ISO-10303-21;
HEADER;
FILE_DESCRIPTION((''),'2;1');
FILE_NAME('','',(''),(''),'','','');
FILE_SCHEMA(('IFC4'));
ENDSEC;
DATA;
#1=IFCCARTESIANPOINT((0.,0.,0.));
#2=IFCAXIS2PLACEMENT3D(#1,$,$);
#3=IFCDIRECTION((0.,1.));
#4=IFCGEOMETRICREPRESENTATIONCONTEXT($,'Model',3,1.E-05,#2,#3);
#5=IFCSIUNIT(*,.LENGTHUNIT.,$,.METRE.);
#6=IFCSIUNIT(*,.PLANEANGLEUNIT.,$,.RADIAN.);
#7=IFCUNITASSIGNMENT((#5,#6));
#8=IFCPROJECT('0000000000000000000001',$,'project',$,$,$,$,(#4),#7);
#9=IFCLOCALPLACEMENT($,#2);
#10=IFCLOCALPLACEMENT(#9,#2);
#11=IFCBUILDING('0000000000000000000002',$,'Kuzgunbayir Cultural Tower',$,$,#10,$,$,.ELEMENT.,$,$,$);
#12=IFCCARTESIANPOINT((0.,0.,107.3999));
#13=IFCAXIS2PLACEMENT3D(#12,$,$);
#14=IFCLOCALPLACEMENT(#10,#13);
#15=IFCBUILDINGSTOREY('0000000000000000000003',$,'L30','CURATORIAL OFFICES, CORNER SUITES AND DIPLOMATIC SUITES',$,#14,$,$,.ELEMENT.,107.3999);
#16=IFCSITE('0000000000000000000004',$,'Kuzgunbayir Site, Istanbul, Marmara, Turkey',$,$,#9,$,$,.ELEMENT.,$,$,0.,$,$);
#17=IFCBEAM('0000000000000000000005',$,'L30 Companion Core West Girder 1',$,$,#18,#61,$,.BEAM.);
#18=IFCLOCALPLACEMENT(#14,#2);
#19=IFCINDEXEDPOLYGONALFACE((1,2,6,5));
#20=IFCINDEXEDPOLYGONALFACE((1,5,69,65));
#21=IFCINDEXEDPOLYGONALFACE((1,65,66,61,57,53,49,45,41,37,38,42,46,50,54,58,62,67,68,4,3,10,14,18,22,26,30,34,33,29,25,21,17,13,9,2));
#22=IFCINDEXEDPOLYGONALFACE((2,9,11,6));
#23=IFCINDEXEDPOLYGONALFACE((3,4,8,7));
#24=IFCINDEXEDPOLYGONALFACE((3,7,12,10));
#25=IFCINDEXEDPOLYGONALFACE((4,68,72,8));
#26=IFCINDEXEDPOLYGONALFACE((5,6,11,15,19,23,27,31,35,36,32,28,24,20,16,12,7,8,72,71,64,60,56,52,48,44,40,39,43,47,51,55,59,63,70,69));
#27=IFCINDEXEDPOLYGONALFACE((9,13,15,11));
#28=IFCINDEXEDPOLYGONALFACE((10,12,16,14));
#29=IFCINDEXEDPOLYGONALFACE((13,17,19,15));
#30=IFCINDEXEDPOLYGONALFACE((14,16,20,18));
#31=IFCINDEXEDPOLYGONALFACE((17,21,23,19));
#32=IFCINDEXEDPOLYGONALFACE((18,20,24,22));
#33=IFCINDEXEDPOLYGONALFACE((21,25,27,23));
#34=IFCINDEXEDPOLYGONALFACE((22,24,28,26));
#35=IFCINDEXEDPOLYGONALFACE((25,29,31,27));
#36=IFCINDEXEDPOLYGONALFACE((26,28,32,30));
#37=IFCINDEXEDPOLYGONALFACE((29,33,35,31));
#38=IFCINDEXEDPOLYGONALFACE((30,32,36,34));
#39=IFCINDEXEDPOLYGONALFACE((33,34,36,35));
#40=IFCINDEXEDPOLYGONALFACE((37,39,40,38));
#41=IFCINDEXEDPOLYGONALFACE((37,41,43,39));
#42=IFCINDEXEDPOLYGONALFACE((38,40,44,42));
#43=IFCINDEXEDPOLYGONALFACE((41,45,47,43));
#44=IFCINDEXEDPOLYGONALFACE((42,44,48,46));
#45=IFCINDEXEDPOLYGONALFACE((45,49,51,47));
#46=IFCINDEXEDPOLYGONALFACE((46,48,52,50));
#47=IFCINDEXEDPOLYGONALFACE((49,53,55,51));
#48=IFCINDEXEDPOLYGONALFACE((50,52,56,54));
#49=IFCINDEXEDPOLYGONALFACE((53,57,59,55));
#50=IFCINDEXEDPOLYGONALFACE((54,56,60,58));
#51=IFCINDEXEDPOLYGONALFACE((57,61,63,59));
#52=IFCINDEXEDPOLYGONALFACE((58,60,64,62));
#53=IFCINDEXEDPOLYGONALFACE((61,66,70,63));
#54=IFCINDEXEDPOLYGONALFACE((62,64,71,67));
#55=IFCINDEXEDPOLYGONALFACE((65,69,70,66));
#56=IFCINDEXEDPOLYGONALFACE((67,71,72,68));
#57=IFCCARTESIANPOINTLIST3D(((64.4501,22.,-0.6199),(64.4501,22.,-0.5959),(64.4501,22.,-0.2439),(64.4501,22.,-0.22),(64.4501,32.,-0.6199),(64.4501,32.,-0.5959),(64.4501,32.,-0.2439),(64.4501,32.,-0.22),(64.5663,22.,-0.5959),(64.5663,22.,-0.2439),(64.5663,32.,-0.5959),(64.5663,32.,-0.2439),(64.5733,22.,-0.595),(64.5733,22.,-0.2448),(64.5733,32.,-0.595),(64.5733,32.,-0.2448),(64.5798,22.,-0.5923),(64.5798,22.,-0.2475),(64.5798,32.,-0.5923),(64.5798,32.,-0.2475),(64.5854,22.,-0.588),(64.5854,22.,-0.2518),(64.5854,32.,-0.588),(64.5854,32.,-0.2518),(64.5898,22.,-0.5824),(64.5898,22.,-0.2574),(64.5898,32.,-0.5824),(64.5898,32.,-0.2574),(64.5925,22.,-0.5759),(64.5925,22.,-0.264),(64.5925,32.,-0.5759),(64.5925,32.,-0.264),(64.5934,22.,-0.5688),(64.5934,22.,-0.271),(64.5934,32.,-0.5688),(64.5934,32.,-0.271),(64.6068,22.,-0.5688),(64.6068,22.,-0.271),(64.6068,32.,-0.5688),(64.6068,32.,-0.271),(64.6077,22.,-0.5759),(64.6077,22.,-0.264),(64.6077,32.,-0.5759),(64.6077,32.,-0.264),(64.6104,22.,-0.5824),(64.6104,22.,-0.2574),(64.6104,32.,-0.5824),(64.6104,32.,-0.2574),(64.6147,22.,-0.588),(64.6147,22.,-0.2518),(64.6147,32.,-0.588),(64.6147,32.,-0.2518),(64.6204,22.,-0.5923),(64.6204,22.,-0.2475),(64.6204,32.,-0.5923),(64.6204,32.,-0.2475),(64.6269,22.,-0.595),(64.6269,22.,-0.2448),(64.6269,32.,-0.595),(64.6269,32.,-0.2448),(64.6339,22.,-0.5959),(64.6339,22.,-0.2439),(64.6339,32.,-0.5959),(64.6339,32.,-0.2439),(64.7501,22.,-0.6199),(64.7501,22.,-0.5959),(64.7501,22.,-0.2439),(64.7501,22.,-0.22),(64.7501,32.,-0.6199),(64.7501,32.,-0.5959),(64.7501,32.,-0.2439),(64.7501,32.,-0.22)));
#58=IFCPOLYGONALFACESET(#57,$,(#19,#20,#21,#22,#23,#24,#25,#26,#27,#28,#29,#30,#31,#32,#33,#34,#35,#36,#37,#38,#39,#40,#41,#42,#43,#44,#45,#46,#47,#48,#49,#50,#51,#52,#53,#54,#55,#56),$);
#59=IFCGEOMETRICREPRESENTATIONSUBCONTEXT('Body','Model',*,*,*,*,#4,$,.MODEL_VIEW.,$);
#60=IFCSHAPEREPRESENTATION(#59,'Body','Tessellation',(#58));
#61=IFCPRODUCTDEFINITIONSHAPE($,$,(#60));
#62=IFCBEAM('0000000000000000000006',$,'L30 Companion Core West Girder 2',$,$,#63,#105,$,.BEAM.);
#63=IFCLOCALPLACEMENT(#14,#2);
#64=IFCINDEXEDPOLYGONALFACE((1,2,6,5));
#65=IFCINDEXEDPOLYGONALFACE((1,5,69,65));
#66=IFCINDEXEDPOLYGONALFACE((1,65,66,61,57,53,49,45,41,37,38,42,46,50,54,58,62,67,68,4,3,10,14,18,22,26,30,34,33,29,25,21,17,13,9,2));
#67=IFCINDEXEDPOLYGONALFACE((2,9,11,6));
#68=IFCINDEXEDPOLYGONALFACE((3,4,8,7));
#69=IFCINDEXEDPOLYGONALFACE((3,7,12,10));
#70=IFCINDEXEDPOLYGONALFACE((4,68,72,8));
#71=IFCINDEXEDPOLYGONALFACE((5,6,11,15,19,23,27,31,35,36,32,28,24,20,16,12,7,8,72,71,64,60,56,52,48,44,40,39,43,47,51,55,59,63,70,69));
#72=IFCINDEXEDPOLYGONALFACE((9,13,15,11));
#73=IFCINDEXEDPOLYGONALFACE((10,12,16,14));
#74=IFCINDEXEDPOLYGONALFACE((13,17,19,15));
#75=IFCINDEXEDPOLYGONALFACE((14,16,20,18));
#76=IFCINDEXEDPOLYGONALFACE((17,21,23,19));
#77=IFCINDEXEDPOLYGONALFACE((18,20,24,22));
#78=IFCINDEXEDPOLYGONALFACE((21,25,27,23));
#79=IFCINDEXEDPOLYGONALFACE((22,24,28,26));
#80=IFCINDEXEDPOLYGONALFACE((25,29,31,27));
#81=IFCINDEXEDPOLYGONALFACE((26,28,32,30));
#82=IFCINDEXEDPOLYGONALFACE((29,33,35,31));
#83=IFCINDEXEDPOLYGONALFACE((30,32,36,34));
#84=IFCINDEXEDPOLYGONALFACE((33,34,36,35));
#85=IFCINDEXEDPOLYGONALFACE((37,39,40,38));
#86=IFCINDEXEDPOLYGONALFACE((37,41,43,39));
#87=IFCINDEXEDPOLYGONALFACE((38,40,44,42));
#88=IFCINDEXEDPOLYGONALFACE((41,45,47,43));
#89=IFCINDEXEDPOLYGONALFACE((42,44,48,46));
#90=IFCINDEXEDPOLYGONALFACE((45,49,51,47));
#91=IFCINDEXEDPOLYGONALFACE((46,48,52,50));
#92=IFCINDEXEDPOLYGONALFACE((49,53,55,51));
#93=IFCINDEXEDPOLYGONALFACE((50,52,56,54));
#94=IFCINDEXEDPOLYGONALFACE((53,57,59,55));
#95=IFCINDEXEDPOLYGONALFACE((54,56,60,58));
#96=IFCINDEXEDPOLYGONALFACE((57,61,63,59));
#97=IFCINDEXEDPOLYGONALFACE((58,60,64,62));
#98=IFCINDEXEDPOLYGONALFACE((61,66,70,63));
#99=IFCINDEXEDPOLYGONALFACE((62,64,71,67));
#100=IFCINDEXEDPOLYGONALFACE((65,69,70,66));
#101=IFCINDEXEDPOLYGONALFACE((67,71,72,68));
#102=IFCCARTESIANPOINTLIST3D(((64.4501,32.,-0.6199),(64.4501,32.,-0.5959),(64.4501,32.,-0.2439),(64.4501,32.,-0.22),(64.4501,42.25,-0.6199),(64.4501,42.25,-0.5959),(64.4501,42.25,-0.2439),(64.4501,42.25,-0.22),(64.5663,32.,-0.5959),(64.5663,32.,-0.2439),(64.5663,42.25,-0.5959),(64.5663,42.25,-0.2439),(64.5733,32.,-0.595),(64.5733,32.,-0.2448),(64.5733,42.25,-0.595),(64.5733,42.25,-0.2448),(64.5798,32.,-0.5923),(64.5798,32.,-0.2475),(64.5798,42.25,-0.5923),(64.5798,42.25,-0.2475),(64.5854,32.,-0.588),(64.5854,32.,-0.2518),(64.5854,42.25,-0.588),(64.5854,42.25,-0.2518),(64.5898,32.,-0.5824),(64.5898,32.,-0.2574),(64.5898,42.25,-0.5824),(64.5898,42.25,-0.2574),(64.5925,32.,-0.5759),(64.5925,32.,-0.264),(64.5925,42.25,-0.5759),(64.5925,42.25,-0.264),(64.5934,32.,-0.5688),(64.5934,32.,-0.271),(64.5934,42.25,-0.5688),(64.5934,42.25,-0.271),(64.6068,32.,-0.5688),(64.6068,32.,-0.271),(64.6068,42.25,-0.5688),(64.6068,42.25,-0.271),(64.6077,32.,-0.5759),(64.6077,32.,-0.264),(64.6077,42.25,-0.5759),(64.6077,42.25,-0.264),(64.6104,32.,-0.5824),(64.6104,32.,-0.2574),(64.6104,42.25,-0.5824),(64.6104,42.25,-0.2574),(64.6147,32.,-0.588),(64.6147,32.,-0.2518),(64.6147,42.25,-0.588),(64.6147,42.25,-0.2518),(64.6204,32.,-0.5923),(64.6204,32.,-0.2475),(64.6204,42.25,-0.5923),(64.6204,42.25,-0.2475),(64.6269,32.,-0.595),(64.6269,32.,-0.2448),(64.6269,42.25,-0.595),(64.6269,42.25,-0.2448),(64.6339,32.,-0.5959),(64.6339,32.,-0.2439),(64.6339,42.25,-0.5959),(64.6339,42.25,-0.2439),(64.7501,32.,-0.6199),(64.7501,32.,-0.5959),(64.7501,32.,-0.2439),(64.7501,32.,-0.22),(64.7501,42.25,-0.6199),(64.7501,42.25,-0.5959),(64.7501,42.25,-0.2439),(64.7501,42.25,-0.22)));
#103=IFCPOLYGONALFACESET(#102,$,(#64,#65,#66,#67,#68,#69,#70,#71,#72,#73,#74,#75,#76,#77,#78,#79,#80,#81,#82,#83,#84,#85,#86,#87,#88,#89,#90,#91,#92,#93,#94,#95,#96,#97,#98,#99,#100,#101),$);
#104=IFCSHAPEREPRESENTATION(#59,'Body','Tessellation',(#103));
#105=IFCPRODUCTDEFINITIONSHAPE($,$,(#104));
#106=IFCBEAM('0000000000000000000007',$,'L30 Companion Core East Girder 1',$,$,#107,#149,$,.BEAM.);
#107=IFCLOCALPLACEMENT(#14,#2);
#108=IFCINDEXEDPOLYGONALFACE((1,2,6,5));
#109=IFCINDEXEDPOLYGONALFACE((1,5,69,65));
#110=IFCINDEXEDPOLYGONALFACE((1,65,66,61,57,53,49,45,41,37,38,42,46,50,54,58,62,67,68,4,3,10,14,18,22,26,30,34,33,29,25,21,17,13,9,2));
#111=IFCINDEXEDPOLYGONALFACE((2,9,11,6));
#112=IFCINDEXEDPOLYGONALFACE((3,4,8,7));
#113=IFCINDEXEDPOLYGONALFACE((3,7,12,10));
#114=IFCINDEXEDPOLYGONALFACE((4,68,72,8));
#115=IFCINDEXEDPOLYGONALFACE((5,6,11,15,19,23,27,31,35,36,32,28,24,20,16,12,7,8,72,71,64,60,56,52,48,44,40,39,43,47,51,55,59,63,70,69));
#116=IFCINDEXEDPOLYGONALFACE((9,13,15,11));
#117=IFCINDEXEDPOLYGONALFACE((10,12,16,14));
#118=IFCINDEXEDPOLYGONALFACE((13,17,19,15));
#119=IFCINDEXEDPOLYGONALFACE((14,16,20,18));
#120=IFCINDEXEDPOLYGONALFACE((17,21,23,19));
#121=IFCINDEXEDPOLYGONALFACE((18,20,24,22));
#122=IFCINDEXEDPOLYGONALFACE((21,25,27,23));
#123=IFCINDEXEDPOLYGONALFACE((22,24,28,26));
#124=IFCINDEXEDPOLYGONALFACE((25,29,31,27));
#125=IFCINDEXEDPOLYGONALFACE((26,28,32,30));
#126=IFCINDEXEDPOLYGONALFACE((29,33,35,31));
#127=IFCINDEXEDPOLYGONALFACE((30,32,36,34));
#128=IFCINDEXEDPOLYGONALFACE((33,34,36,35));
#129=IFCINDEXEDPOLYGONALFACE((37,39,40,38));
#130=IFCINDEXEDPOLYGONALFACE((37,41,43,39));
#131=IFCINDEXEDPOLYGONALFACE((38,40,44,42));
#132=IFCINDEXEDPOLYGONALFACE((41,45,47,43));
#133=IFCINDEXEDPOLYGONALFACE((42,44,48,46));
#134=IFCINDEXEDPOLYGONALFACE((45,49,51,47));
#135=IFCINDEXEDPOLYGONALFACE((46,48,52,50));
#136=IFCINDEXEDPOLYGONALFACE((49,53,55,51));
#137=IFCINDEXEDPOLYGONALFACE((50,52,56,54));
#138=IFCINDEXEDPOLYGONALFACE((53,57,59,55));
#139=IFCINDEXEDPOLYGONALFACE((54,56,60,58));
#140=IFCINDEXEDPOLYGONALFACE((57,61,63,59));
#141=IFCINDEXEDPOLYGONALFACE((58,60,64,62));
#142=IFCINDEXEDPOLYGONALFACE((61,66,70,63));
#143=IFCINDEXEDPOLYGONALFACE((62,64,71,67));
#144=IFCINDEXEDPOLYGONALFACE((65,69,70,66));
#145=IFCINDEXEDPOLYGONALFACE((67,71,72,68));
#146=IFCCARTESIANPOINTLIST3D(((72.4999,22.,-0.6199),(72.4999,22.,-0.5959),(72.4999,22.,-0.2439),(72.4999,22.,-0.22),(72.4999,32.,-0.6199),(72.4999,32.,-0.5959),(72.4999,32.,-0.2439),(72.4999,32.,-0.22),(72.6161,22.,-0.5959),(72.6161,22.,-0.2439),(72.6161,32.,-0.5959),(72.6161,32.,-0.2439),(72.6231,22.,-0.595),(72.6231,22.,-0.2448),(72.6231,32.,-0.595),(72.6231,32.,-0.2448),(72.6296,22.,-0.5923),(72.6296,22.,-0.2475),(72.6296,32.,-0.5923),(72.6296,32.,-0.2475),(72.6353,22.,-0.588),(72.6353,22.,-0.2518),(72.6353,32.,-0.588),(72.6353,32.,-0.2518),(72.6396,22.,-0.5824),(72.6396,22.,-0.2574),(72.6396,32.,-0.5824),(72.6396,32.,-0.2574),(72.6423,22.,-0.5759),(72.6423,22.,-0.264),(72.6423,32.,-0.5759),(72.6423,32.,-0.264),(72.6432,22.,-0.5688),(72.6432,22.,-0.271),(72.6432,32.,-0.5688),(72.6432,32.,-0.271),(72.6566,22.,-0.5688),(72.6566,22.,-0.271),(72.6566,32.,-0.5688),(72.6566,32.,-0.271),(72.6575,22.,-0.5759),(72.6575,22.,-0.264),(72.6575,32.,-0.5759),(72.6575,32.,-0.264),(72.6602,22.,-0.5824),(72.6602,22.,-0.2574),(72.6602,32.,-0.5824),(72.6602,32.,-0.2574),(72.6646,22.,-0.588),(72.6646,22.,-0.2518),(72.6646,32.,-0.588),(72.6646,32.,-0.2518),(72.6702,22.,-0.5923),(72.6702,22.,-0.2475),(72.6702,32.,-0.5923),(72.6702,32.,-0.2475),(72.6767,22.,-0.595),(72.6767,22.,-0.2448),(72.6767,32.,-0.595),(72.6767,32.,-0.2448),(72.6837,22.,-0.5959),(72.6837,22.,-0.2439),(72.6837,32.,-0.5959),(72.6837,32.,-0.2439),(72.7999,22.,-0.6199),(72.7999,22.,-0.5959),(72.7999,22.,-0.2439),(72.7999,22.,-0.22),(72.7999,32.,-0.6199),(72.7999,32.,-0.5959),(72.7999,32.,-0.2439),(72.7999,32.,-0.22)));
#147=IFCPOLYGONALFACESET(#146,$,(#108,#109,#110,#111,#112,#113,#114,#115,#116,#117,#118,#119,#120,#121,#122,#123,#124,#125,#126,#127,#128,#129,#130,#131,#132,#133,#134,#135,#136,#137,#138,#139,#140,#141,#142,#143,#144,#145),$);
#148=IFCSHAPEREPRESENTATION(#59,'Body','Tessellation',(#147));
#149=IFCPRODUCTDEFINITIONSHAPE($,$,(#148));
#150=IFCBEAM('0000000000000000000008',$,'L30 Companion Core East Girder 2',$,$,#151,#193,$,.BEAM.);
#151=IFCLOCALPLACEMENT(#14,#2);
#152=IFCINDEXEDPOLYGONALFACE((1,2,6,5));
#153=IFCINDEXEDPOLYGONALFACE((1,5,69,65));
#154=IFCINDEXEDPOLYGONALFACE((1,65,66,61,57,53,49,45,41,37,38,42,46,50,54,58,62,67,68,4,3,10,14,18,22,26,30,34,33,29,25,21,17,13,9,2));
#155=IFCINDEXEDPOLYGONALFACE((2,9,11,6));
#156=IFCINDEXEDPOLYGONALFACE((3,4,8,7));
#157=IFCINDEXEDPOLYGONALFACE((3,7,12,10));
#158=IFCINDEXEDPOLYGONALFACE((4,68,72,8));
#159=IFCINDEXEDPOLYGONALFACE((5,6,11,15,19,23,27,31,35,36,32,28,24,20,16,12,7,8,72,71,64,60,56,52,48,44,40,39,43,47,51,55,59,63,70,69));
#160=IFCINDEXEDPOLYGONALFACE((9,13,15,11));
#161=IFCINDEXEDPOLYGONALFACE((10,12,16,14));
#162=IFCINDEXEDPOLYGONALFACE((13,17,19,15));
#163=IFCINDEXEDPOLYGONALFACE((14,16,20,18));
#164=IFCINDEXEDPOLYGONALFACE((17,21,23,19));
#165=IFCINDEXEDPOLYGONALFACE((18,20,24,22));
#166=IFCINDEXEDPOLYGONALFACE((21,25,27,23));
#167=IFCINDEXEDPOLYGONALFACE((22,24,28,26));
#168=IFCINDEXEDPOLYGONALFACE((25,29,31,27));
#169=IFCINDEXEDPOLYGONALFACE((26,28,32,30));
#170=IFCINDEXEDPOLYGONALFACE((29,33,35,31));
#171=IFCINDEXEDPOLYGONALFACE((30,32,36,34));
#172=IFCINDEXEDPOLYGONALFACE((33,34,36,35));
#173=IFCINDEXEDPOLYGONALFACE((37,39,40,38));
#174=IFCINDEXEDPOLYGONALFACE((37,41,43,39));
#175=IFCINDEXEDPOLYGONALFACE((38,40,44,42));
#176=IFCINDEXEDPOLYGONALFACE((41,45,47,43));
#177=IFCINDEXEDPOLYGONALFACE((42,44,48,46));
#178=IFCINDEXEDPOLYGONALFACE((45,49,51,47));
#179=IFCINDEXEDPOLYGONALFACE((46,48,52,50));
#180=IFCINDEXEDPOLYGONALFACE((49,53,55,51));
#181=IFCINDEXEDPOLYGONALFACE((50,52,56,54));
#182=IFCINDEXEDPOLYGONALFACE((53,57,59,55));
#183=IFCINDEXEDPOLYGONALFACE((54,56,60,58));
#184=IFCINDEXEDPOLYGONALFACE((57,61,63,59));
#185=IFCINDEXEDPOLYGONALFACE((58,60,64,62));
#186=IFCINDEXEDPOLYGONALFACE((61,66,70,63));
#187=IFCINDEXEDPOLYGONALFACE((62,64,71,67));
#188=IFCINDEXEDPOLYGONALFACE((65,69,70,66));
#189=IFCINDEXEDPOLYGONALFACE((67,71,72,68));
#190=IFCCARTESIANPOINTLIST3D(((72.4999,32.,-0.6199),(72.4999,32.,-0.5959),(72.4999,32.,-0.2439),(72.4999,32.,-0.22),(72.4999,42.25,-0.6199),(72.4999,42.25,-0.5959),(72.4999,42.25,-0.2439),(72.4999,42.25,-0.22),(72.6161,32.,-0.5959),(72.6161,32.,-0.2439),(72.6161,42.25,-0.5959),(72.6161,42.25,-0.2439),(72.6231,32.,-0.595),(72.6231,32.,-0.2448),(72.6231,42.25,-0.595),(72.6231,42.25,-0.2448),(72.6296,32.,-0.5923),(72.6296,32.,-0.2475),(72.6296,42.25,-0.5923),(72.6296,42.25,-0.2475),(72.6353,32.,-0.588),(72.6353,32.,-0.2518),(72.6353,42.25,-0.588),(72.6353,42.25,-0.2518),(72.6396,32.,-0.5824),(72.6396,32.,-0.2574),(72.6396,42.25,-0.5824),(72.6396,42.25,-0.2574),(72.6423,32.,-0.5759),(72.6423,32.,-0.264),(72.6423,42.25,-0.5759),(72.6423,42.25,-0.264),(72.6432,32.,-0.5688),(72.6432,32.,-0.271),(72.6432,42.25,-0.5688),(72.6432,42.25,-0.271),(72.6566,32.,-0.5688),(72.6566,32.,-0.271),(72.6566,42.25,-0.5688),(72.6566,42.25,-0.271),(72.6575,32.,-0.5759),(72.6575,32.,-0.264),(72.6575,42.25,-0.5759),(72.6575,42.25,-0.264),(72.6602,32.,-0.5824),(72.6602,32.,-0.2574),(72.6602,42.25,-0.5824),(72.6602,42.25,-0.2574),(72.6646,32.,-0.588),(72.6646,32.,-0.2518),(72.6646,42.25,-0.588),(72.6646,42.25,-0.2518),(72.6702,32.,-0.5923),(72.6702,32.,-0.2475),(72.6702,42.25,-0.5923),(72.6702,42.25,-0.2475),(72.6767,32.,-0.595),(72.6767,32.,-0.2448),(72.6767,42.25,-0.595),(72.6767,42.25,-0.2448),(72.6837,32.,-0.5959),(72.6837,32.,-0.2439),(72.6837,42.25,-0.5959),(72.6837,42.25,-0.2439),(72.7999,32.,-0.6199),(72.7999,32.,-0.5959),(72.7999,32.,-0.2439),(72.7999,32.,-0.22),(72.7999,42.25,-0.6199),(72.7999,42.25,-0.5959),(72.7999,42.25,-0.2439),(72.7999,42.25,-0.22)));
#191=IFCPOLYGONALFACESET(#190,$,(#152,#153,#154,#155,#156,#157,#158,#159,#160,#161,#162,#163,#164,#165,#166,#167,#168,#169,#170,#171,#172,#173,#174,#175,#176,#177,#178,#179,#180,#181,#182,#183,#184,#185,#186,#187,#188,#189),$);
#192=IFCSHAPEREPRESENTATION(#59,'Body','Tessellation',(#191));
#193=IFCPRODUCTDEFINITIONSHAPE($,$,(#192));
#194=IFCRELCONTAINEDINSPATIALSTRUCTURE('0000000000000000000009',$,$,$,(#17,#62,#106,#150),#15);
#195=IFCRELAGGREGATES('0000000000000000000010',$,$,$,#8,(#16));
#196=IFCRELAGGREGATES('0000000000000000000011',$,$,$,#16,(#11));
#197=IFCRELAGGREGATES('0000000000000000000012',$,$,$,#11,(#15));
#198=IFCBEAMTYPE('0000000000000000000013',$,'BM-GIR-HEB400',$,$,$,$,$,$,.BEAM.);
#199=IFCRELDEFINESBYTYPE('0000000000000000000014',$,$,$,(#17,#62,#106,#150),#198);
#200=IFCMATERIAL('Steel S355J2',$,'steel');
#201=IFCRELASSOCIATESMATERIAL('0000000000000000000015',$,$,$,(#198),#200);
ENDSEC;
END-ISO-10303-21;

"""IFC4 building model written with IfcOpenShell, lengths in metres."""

from ifc_helpers import new_model, si_unit, direction, frame, origin, origin_2d, place, context, subcontext, project, spatial, i_section, extrude, material, material_profile, profile_set, type_object, element, save


model = new_model("IFC4")

# Units and contexts
model_context = context("Model", 3, precision=1e-05, world=origin(), true_north=direction((0.0, 1.0)))
body_context = subcontext(model_context, "Body", "Model", "MODEL_VIEW")
ifc_project = project(units=[si_unit("LENGTHUNIT", "METRE"), si_unit("PLANEANGLEUNIT", "RADIAN")], contexts=[model_context])

# Site, building, storey
site_placement = place(None, origin())
site = spatial("IfcSite", under=ifc_project, at=site_placement, Name="Kuzgunbayir Site, Istanbul, Marmara, Turkey", CompositionType="ELEMENT", RefElevation=0.0)
building_placement = place(site_placement, origin())
building = spatial("IfcBuilding", under=site, at=building_placement, Name="Kuzgunbayir Cultural Tower", CompositionType="ELEMENT")
storey_placement = place(building_placement, frame((0.0, 0.0, 107.3999)))
storey = spatial("IfcBuildingStorey", under=building, at=storey_placement, Name="L30", Description="CURATORIAL OFFICES, CORNER SUITES AND DIPLOMATIC SUITES", CompositionType="ELEMENT", Elevation=107.3999)

# Beams
ifc_material_1 = material(Name="Steel S355J2", Category="steel")
ifc_material_profile_1 = material_profile(ifc_material_1, i_section(OverallWidth=0.3, OverallDepth=0.3999, WebThickness=0.0134, FlangeThickness=0.0239, FilletRadius=0.0271, at=origin_2d()), Name="HEB 400")
ifc_profile_set_1 = profile_set([ifc_material_profile_1], Name="Steel S355J2")
beam_type_1 = type_object("IfcBeamType", Name="BM-GIR-HEB400", PredefinedType="BEAM", material=ifc_profile_set_1)
beam_1_placement = place(storey_placement, frame((64.6001, 22.0, -0.4199), z_axis=(0.0, 1.0, 0.0), x_axis=(-1.0, 0.0, 0.0)))
element("IfcBeam", 1, at=beam_1_placement, inside=storey, type_object=beam_type_1, Name="L30 Companion Core West Girder 1", PredefinedType="BEAM", context=body_context, shape_type="SweptSolid", body=[
    extrude(i_section(OverallWidth=0.3, OverallDepth=0.3999, WebThickness=0.0134, FlangeThickness=0.0239, FilletRadius=0.0271, at=origin_2d()), origin(), (0.0, 0.0, 1.0), 10.0),
])
beam_2_placement = place(storey_placement, frame((64.6001, 32.0, -0.4199), z_axis=(0.0, 1.0, 0.0), x_axis=(-1.0, 0.0, 0.0)))
element("IfcBeam", 2, at=beam_2_placement, inside=storey, type_object=beam_type_1, Name="L30 Companion Core West Girder 2", PredefinedType="BEAM", context=body_context, shape_type="SweptSolid", body=[
    extrude(i_section(OverallWidth=0.3, OverallDepth=0.3999, WebThickness=0.0134, FlangeThickness=0.0239, FilletRadius=0.0271, at=origin_2d()), origin(), (0.0, 0.0, 1.0), 10.25),
])
beam_3_placement = place(storey_placement, frame((72.6499, 22.0, -0.4199), z_axis=(0.0, 1.0, 0.0), x_axis=(-1.0, 0.0, 0.0)))
element("IfcBeam", 3, at=beam_3_placement, inside=storey, type_object=beam_type_1, Name="L30 Companion Core East Girder 1", PredefinedType="BEAM", context=body_context, shape_type="SweptSolid", body=[
    extrude(i_section(OverallWidth=0.3, OverallDepth=0.3999, WebThickness=0.0134, FlangeThickness=0.0239, FilletRadius=0.0271, at=origin_2d()), origin(), (0.0, 0.0, 1.0), 10.0),
])
beam_4_placement = place(storey_placement, frame((72.6499, 32.0, -0.4199), z_axis=(0.0, 1.0, 0.0), x_axis=(-1.0, 0.0, 0.0)))
element("IfcBeam", 4, at=beam_4_placement, inside=storey, type_object=beam_type_1, Name="L30 Companion Core East Girder 2", PredefinedType="BEAM", context=body_context, shape_type="SweptSolid", body=[
    extrude(i_section(OverallWidth=0.3, OverallDepth=0.3999, WebThickness=0.0134, FlangeThickness=0.0239, FilletRadius=0.0271, at=origin_2d()), origin(), (0.0, 0.0, 1.0), 10.25),
])

save(model, "model.ifc")
